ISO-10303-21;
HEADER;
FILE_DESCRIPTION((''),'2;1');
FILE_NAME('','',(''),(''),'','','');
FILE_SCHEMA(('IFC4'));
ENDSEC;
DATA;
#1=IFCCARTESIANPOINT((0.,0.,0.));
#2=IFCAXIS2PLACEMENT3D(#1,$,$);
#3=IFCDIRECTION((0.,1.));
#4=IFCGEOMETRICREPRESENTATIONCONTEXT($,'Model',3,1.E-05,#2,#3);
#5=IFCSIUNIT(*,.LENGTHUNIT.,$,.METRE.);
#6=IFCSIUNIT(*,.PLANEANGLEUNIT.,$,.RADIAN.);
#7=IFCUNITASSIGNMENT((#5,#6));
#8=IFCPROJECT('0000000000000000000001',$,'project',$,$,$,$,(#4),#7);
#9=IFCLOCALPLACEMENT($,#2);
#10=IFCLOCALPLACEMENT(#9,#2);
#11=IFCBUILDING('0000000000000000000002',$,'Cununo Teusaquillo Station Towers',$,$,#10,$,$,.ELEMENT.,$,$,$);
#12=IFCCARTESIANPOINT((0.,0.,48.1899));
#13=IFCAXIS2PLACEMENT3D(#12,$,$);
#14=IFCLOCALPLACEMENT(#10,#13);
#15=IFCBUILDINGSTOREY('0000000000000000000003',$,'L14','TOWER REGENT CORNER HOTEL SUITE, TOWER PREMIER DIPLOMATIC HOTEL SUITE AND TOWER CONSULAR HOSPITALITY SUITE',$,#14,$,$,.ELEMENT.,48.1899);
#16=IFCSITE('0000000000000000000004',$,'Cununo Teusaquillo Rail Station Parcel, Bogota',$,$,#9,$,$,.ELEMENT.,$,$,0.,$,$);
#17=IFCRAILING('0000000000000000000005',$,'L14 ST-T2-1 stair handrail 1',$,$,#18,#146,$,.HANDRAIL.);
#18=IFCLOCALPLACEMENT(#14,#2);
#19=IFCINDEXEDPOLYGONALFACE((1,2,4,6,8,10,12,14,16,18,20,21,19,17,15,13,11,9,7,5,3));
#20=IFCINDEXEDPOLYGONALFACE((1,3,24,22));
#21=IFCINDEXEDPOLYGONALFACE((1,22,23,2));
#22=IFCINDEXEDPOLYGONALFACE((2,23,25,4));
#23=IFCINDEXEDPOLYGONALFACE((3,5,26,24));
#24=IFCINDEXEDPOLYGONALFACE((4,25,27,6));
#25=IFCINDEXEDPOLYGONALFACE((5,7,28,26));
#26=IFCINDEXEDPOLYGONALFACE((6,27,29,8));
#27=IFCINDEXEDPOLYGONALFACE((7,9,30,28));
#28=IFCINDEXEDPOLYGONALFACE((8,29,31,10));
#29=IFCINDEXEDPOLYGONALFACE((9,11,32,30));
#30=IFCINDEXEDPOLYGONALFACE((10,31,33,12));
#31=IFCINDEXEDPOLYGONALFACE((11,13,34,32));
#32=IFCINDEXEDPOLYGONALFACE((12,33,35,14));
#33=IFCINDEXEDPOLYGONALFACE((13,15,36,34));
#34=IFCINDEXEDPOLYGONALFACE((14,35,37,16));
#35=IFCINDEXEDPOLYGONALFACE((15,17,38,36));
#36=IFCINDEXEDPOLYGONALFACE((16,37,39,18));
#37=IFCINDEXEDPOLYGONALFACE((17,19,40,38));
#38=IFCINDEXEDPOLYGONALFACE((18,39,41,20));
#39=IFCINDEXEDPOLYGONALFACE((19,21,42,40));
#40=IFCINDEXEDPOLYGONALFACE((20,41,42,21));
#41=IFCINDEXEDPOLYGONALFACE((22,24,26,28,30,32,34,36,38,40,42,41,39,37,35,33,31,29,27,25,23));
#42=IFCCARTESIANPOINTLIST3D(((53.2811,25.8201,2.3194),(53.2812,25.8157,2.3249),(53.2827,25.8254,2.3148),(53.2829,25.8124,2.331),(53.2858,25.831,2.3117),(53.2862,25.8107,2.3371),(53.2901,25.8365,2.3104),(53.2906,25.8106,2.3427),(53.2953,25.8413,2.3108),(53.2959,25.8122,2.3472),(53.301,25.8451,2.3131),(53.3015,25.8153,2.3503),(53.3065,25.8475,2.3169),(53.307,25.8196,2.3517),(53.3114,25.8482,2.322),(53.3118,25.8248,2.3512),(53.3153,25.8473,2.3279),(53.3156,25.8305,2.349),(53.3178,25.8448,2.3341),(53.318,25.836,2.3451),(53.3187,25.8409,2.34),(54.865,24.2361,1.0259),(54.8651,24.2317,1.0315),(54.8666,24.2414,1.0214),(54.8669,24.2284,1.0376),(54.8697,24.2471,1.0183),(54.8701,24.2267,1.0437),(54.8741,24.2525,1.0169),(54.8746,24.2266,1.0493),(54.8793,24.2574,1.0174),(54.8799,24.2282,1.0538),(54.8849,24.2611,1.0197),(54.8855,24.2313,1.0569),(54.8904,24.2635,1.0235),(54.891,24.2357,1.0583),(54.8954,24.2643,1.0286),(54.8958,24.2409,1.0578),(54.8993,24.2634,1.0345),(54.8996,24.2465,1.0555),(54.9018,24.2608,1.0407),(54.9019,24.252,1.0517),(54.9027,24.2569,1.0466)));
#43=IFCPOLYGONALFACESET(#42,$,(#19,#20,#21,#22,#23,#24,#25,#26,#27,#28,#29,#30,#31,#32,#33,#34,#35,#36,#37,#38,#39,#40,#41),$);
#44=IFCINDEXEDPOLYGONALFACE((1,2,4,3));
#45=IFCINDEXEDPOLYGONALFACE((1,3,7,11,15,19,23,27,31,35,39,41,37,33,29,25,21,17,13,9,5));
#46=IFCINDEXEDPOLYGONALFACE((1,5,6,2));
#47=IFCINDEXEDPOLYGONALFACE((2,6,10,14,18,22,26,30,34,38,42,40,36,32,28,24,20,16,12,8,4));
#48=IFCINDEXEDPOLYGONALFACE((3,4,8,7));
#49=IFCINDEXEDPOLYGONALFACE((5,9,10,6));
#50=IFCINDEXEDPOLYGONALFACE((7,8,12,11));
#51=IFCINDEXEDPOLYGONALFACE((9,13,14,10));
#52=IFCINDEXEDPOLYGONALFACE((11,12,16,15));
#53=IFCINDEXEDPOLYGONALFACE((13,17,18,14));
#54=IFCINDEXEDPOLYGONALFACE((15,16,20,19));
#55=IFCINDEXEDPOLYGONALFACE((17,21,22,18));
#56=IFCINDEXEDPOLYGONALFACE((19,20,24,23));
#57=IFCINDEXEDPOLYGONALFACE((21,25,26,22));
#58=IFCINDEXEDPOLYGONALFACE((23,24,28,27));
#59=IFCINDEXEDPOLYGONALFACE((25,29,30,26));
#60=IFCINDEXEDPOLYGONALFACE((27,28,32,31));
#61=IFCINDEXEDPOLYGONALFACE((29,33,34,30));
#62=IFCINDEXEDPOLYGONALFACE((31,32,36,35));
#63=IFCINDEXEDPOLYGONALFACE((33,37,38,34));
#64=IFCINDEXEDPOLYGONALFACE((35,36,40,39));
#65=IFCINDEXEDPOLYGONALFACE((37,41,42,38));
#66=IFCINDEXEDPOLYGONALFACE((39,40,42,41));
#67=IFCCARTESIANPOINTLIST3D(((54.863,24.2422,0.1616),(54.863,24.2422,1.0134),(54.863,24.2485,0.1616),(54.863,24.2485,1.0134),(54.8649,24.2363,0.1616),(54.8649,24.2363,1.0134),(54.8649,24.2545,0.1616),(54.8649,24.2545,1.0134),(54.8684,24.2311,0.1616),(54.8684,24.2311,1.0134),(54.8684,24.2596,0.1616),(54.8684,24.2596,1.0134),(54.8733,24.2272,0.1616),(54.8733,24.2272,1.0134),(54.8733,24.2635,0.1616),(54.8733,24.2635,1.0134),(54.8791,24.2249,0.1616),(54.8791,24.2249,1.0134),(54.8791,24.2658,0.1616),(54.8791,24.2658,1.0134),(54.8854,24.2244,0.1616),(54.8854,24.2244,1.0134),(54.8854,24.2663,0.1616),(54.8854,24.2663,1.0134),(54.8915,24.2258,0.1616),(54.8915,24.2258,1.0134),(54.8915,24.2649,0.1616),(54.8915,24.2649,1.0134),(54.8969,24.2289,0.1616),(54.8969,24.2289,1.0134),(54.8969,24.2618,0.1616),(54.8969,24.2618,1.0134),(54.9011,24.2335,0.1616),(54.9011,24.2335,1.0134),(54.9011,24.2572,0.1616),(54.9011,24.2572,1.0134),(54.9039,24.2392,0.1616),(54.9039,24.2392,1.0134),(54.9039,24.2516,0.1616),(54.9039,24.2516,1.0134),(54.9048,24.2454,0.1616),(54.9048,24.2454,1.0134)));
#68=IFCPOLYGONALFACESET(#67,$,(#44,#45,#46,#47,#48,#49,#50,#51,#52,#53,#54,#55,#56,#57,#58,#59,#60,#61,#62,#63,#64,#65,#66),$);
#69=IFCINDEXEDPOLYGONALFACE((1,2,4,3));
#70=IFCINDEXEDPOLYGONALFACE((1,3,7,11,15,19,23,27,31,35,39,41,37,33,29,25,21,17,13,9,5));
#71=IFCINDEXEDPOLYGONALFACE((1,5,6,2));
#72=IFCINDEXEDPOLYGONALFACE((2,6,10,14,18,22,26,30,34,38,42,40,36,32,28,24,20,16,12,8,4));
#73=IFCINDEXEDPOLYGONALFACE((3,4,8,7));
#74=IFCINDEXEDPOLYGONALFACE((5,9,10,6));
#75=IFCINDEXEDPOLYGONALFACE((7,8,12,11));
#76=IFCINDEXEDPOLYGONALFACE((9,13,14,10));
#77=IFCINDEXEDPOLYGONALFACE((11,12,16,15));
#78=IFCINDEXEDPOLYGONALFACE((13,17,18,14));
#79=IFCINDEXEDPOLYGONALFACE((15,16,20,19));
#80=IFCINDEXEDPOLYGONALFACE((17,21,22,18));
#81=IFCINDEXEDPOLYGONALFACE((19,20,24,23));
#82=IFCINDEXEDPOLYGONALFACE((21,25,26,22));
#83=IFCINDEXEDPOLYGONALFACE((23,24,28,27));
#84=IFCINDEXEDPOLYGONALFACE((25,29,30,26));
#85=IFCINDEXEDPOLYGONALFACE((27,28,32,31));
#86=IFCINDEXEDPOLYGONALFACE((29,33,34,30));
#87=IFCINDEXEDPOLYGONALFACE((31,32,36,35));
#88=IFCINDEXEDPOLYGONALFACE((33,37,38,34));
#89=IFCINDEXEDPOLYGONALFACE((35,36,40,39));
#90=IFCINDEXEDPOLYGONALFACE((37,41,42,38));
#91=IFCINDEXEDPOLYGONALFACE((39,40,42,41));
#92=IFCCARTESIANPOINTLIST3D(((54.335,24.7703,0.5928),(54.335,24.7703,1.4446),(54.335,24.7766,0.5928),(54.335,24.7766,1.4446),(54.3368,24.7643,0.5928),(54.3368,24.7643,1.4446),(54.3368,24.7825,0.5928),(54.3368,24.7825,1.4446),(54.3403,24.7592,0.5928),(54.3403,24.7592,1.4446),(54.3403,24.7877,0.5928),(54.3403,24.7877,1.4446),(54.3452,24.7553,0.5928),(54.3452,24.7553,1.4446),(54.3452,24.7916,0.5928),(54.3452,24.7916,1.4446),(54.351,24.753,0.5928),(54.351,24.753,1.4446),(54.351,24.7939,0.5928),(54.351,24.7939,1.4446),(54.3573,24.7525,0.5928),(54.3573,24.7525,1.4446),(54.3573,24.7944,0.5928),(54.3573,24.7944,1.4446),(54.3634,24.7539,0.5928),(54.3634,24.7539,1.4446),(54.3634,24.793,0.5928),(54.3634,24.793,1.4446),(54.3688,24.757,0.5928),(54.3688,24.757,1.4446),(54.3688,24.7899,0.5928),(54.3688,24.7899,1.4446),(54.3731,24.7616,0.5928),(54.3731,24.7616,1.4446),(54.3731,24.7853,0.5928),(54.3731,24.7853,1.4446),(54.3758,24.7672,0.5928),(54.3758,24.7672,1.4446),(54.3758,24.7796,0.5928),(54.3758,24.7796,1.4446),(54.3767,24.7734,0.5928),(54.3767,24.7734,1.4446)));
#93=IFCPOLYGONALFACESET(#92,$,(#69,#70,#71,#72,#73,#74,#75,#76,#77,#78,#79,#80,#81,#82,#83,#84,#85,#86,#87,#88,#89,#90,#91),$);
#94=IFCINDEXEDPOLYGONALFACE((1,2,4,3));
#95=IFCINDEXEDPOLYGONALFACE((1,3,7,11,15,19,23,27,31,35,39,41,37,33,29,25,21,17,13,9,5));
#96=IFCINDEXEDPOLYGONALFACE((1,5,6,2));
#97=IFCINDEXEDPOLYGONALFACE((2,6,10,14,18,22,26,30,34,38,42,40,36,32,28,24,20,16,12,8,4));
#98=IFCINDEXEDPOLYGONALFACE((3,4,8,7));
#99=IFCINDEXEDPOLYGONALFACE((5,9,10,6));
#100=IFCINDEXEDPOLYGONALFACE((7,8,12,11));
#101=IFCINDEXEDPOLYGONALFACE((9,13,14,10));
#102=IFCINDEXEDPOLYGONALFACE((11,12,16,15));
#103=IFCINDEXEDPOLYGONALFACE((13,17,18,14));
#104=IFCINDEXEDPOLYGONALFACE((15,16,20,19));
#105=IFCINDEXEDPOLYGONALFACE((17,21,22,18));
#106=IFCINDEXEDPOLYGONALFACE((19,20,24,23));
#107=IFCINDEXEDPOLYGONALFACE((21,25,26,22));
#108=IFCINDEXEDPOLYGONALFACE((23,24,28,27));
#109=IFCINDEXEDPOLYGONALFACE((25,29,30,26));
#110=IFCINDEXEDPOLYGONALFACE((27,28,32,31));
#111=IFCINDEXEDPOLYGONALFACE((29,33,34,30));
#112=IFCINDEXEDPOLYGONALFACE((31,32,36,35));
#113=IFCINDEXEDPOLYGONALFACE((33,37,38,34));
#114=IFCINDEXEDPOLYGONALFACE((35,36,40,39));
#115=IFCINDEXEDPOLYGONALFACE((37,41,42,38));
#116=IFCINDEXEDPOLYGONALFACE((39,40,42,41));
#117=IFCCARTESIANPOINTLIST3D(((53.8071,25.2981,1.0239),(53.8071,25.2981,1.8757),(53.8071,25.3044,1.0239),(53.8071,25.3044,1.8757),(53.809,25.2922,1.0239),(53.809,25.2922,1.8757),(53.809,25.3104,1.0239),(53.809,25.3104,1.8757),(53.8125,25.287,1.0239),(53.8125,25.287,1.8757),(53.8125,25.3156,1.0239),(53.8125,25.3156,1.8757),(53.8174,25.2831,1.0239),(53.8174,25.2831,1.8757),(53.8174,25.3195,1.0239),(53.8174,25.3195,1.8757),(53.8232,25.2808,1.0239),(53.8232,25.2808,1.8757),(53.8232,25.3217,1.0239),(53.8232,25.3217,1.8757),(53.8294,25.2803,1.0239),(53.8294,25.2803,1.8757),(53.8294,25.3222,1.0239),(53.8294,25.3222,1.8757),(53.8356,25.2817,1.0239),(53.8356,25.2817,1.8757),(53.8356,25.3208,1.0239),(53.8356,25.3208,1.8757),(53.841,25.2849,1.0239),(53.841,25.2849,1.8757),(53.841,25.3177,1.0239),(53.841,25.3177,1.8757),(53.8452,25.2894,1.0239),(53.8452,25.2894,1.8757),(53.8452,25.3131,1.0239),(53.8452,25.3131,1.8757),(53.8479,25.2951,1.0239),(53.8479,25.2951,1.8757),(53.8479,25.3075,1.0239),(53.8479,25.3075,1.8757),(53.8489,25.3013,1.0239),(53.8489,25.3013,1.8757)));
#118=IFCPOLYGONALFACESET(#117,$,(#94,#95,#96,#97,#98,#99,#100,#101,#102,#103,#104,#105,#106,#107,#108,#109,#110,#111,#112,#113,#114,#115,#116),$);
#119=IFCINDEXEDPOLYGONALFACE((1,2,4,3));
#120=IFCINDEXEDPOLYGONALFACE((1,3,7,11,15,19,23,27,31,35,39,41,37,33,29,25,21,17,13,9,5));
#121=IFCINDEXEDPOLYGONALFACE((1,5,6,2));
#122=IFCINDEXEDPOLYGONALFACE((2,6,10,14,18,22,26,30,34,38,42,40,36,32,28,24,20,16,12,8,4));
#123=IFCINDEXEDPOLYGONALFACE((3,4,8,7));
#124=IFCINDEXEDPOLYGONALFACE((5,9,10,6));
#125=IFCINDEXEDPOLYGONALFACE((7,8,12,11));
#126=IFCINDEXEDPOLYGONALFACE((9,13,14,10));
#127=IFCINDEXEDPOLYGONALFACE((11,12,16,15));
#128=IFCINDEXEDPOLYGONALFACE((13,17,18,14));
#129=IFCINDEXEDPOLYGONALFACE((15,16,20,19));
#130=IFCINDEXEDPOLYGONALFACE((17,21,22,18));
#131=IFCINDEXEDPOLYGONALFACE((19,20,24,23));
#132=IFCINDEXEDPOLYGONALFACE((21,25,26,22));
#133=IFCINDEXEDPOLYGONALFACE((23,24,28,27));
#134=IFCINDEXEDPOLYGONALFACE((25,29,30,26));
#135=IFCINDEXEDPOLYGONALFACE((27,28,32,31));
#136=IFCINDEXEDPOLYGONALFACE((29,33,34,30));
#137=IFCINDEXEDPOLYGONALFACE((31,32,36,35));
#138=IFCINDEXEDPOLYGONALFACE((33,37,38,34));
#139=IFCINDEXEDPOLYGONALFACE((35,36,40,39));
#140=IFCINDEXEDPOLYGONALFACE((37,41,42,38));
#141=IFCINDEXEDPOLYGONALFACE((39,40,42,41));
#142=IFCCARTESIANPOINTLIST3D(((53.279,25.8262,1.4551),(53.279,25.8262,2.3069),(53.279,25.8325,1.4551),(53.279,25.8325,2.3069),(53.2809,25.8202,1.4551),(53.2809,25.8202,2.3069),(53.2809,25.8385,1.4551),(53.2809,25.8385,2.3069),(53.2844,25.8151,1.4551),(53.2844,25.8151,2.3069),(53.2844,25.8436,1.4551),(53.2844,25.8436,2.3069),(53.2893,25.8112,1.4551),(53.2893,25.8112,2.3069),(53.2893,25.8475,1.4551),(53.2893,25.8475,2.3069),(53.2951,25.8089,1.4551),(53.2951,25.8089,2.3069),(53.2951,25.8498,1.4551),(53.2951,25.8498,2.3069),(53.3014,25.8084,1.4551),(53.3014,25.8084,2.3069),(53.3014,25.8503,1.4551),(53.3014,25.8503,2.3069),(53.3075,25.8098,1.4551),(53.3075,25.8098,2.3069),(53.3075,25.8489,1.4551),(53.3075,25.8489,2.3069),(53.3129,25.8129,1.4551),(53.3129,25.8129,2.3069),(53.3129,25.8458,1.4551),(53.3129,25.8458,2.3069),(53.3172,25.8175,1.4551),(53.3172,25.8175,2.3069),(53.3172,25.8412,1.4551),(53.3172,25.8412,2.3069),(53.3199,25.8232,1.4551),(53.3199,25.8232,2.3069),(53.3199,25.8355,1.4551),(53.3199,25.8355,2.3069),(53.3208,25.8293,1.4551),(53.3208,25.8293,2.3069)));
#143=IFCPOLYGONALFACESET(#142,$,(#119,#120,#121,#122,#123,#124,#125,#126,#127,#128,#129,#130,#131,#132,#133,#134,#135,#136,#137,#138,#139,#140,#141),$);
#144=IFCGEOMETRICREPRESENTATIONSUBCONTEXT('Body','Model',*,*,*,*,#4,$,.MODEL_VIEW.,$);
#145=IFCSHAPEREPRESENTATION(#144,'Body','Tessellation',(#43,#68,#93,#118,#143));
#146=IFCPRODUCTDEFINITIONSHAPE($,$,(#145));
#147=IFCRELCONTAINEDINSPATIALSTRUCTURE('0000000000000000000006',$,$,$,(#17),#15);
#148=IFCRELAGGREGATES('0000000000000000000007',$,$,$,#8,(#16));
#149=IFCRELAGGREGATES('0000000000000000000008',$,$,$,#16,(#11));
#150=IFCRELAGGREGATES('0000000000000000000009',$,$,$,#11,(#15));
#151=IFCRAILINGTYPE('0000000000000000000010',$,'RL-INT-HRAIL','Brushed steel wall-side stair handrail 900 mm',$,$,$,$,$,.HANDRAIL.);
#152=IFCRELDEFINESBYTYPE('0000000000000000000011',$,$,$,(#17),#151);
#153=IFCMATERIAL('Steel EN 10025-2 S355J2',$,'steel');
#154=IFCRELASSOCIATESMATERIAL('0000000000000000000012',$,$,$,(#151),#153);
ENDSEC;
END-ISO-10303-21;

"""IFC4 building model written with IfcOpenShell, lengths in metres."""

from ifc_helpers import new_model, si_unit, direction, frame, origin, origin_2d, place, context, subcontext, project, spatial, circle, extrude, material, type_object, element, save


model = new_model("IFC4")

# Units and contexts
model_context = context("Model", 3, precision=1e-05, world=origin(), true_north=direction((0.0, 1.0)))
body_context = subcontext(model_context, "Body", "Model", "MODEL_VIEW")
ifc_project = project(units=[si_unit("LENGTHUNIT", "METRE"), si_unit("PLANEANGLEUNIT", "RADIAN")], contexts=[model_context])

# Site, building, storey
site_placement = place(None, origin())
site = spatial("IfcSite", under=ifc_project, at=site_placement, Name="Cununo Teusaquillo Rail Station Parcel, Bogota", CompositionType="ELEMENT", RefElevation=0.0)
building_placement = place(site_placement, origin())
building = spatial("IfcBuilding", under=site, at=building_placement, Name="Cununo Teusaquillo Station Towers", CompositionType="ELEMENT")
storey_placement = place(building_placement, frame((0.0, 0.0, 48.1899)))
storey = spatial("IfcBuildingStorey", under=building, at=storey_placement, Name="L14", Description="TOWER REGENT CORNER HOTEL SUITE, TOWER PREMIER DIPLOMATIC HOTEL SUITE AND TOWER CONSULAR HOSPITALITY SUITE", CompositionType="ELEMENT", Elevation=48.1899)

# Railing
ifc_material_1 = material(Name="Steel EN 10025-2 S355J2", Category="steel")
railing_type_1 = type_object("IfcRailingType", Name="RL-INT-HRAIL", Description="Brushed steel wall-side stair handrail 900 mm", PredefinedType="HANDRAIL", material=ifc_material_1)
railing_1_placement = place(storey_placement, frame((54.8838, 24.2454, 0.1616)))
element("IfcRailing", 1, at=railing_1_placement, inside=storey, type_object=railing_type_1, Name="L14 ST-T2-1 stair handrail 1", PredefinedType="HANDRAIL", context=body_context, shape_type="SweptSolid", body=[
    extrude(circle(Radius=0.0239, at=origin_2d()), frame((0.0, 0.0, 0.876), z_axis=(-0.612356, 0.612356, 0.50004), x_axis=(-0.707107, -0.707107, 0.0)), (0.0, 0.0, 1.0), 2.5867),
    extrude(circle(Radius=0.021, at=origin_2d()), origin(), (0.0, 0.0, 1.0), 0.8518),
    extrude(circle(Radius=0.021, at=origin_2d()), frame((-0.5281, 0.5281, 0.4312)), (0.0, 0.0, 1.0), 0.8518),
    extrude(circle(Radius=0.021, at=origin_2d()), frame((-1.0559, 1.0559, 0.8623)), (0.0, 0.0, 1.0), 0.8518),
    extrude(circle(Radius=0.021, at=origin_2d()), frame((-1.584, 1.584, 1.2935)), (0.0, 0.0, 1.0), 0.8518),
])

save(model, "model.ifc")
